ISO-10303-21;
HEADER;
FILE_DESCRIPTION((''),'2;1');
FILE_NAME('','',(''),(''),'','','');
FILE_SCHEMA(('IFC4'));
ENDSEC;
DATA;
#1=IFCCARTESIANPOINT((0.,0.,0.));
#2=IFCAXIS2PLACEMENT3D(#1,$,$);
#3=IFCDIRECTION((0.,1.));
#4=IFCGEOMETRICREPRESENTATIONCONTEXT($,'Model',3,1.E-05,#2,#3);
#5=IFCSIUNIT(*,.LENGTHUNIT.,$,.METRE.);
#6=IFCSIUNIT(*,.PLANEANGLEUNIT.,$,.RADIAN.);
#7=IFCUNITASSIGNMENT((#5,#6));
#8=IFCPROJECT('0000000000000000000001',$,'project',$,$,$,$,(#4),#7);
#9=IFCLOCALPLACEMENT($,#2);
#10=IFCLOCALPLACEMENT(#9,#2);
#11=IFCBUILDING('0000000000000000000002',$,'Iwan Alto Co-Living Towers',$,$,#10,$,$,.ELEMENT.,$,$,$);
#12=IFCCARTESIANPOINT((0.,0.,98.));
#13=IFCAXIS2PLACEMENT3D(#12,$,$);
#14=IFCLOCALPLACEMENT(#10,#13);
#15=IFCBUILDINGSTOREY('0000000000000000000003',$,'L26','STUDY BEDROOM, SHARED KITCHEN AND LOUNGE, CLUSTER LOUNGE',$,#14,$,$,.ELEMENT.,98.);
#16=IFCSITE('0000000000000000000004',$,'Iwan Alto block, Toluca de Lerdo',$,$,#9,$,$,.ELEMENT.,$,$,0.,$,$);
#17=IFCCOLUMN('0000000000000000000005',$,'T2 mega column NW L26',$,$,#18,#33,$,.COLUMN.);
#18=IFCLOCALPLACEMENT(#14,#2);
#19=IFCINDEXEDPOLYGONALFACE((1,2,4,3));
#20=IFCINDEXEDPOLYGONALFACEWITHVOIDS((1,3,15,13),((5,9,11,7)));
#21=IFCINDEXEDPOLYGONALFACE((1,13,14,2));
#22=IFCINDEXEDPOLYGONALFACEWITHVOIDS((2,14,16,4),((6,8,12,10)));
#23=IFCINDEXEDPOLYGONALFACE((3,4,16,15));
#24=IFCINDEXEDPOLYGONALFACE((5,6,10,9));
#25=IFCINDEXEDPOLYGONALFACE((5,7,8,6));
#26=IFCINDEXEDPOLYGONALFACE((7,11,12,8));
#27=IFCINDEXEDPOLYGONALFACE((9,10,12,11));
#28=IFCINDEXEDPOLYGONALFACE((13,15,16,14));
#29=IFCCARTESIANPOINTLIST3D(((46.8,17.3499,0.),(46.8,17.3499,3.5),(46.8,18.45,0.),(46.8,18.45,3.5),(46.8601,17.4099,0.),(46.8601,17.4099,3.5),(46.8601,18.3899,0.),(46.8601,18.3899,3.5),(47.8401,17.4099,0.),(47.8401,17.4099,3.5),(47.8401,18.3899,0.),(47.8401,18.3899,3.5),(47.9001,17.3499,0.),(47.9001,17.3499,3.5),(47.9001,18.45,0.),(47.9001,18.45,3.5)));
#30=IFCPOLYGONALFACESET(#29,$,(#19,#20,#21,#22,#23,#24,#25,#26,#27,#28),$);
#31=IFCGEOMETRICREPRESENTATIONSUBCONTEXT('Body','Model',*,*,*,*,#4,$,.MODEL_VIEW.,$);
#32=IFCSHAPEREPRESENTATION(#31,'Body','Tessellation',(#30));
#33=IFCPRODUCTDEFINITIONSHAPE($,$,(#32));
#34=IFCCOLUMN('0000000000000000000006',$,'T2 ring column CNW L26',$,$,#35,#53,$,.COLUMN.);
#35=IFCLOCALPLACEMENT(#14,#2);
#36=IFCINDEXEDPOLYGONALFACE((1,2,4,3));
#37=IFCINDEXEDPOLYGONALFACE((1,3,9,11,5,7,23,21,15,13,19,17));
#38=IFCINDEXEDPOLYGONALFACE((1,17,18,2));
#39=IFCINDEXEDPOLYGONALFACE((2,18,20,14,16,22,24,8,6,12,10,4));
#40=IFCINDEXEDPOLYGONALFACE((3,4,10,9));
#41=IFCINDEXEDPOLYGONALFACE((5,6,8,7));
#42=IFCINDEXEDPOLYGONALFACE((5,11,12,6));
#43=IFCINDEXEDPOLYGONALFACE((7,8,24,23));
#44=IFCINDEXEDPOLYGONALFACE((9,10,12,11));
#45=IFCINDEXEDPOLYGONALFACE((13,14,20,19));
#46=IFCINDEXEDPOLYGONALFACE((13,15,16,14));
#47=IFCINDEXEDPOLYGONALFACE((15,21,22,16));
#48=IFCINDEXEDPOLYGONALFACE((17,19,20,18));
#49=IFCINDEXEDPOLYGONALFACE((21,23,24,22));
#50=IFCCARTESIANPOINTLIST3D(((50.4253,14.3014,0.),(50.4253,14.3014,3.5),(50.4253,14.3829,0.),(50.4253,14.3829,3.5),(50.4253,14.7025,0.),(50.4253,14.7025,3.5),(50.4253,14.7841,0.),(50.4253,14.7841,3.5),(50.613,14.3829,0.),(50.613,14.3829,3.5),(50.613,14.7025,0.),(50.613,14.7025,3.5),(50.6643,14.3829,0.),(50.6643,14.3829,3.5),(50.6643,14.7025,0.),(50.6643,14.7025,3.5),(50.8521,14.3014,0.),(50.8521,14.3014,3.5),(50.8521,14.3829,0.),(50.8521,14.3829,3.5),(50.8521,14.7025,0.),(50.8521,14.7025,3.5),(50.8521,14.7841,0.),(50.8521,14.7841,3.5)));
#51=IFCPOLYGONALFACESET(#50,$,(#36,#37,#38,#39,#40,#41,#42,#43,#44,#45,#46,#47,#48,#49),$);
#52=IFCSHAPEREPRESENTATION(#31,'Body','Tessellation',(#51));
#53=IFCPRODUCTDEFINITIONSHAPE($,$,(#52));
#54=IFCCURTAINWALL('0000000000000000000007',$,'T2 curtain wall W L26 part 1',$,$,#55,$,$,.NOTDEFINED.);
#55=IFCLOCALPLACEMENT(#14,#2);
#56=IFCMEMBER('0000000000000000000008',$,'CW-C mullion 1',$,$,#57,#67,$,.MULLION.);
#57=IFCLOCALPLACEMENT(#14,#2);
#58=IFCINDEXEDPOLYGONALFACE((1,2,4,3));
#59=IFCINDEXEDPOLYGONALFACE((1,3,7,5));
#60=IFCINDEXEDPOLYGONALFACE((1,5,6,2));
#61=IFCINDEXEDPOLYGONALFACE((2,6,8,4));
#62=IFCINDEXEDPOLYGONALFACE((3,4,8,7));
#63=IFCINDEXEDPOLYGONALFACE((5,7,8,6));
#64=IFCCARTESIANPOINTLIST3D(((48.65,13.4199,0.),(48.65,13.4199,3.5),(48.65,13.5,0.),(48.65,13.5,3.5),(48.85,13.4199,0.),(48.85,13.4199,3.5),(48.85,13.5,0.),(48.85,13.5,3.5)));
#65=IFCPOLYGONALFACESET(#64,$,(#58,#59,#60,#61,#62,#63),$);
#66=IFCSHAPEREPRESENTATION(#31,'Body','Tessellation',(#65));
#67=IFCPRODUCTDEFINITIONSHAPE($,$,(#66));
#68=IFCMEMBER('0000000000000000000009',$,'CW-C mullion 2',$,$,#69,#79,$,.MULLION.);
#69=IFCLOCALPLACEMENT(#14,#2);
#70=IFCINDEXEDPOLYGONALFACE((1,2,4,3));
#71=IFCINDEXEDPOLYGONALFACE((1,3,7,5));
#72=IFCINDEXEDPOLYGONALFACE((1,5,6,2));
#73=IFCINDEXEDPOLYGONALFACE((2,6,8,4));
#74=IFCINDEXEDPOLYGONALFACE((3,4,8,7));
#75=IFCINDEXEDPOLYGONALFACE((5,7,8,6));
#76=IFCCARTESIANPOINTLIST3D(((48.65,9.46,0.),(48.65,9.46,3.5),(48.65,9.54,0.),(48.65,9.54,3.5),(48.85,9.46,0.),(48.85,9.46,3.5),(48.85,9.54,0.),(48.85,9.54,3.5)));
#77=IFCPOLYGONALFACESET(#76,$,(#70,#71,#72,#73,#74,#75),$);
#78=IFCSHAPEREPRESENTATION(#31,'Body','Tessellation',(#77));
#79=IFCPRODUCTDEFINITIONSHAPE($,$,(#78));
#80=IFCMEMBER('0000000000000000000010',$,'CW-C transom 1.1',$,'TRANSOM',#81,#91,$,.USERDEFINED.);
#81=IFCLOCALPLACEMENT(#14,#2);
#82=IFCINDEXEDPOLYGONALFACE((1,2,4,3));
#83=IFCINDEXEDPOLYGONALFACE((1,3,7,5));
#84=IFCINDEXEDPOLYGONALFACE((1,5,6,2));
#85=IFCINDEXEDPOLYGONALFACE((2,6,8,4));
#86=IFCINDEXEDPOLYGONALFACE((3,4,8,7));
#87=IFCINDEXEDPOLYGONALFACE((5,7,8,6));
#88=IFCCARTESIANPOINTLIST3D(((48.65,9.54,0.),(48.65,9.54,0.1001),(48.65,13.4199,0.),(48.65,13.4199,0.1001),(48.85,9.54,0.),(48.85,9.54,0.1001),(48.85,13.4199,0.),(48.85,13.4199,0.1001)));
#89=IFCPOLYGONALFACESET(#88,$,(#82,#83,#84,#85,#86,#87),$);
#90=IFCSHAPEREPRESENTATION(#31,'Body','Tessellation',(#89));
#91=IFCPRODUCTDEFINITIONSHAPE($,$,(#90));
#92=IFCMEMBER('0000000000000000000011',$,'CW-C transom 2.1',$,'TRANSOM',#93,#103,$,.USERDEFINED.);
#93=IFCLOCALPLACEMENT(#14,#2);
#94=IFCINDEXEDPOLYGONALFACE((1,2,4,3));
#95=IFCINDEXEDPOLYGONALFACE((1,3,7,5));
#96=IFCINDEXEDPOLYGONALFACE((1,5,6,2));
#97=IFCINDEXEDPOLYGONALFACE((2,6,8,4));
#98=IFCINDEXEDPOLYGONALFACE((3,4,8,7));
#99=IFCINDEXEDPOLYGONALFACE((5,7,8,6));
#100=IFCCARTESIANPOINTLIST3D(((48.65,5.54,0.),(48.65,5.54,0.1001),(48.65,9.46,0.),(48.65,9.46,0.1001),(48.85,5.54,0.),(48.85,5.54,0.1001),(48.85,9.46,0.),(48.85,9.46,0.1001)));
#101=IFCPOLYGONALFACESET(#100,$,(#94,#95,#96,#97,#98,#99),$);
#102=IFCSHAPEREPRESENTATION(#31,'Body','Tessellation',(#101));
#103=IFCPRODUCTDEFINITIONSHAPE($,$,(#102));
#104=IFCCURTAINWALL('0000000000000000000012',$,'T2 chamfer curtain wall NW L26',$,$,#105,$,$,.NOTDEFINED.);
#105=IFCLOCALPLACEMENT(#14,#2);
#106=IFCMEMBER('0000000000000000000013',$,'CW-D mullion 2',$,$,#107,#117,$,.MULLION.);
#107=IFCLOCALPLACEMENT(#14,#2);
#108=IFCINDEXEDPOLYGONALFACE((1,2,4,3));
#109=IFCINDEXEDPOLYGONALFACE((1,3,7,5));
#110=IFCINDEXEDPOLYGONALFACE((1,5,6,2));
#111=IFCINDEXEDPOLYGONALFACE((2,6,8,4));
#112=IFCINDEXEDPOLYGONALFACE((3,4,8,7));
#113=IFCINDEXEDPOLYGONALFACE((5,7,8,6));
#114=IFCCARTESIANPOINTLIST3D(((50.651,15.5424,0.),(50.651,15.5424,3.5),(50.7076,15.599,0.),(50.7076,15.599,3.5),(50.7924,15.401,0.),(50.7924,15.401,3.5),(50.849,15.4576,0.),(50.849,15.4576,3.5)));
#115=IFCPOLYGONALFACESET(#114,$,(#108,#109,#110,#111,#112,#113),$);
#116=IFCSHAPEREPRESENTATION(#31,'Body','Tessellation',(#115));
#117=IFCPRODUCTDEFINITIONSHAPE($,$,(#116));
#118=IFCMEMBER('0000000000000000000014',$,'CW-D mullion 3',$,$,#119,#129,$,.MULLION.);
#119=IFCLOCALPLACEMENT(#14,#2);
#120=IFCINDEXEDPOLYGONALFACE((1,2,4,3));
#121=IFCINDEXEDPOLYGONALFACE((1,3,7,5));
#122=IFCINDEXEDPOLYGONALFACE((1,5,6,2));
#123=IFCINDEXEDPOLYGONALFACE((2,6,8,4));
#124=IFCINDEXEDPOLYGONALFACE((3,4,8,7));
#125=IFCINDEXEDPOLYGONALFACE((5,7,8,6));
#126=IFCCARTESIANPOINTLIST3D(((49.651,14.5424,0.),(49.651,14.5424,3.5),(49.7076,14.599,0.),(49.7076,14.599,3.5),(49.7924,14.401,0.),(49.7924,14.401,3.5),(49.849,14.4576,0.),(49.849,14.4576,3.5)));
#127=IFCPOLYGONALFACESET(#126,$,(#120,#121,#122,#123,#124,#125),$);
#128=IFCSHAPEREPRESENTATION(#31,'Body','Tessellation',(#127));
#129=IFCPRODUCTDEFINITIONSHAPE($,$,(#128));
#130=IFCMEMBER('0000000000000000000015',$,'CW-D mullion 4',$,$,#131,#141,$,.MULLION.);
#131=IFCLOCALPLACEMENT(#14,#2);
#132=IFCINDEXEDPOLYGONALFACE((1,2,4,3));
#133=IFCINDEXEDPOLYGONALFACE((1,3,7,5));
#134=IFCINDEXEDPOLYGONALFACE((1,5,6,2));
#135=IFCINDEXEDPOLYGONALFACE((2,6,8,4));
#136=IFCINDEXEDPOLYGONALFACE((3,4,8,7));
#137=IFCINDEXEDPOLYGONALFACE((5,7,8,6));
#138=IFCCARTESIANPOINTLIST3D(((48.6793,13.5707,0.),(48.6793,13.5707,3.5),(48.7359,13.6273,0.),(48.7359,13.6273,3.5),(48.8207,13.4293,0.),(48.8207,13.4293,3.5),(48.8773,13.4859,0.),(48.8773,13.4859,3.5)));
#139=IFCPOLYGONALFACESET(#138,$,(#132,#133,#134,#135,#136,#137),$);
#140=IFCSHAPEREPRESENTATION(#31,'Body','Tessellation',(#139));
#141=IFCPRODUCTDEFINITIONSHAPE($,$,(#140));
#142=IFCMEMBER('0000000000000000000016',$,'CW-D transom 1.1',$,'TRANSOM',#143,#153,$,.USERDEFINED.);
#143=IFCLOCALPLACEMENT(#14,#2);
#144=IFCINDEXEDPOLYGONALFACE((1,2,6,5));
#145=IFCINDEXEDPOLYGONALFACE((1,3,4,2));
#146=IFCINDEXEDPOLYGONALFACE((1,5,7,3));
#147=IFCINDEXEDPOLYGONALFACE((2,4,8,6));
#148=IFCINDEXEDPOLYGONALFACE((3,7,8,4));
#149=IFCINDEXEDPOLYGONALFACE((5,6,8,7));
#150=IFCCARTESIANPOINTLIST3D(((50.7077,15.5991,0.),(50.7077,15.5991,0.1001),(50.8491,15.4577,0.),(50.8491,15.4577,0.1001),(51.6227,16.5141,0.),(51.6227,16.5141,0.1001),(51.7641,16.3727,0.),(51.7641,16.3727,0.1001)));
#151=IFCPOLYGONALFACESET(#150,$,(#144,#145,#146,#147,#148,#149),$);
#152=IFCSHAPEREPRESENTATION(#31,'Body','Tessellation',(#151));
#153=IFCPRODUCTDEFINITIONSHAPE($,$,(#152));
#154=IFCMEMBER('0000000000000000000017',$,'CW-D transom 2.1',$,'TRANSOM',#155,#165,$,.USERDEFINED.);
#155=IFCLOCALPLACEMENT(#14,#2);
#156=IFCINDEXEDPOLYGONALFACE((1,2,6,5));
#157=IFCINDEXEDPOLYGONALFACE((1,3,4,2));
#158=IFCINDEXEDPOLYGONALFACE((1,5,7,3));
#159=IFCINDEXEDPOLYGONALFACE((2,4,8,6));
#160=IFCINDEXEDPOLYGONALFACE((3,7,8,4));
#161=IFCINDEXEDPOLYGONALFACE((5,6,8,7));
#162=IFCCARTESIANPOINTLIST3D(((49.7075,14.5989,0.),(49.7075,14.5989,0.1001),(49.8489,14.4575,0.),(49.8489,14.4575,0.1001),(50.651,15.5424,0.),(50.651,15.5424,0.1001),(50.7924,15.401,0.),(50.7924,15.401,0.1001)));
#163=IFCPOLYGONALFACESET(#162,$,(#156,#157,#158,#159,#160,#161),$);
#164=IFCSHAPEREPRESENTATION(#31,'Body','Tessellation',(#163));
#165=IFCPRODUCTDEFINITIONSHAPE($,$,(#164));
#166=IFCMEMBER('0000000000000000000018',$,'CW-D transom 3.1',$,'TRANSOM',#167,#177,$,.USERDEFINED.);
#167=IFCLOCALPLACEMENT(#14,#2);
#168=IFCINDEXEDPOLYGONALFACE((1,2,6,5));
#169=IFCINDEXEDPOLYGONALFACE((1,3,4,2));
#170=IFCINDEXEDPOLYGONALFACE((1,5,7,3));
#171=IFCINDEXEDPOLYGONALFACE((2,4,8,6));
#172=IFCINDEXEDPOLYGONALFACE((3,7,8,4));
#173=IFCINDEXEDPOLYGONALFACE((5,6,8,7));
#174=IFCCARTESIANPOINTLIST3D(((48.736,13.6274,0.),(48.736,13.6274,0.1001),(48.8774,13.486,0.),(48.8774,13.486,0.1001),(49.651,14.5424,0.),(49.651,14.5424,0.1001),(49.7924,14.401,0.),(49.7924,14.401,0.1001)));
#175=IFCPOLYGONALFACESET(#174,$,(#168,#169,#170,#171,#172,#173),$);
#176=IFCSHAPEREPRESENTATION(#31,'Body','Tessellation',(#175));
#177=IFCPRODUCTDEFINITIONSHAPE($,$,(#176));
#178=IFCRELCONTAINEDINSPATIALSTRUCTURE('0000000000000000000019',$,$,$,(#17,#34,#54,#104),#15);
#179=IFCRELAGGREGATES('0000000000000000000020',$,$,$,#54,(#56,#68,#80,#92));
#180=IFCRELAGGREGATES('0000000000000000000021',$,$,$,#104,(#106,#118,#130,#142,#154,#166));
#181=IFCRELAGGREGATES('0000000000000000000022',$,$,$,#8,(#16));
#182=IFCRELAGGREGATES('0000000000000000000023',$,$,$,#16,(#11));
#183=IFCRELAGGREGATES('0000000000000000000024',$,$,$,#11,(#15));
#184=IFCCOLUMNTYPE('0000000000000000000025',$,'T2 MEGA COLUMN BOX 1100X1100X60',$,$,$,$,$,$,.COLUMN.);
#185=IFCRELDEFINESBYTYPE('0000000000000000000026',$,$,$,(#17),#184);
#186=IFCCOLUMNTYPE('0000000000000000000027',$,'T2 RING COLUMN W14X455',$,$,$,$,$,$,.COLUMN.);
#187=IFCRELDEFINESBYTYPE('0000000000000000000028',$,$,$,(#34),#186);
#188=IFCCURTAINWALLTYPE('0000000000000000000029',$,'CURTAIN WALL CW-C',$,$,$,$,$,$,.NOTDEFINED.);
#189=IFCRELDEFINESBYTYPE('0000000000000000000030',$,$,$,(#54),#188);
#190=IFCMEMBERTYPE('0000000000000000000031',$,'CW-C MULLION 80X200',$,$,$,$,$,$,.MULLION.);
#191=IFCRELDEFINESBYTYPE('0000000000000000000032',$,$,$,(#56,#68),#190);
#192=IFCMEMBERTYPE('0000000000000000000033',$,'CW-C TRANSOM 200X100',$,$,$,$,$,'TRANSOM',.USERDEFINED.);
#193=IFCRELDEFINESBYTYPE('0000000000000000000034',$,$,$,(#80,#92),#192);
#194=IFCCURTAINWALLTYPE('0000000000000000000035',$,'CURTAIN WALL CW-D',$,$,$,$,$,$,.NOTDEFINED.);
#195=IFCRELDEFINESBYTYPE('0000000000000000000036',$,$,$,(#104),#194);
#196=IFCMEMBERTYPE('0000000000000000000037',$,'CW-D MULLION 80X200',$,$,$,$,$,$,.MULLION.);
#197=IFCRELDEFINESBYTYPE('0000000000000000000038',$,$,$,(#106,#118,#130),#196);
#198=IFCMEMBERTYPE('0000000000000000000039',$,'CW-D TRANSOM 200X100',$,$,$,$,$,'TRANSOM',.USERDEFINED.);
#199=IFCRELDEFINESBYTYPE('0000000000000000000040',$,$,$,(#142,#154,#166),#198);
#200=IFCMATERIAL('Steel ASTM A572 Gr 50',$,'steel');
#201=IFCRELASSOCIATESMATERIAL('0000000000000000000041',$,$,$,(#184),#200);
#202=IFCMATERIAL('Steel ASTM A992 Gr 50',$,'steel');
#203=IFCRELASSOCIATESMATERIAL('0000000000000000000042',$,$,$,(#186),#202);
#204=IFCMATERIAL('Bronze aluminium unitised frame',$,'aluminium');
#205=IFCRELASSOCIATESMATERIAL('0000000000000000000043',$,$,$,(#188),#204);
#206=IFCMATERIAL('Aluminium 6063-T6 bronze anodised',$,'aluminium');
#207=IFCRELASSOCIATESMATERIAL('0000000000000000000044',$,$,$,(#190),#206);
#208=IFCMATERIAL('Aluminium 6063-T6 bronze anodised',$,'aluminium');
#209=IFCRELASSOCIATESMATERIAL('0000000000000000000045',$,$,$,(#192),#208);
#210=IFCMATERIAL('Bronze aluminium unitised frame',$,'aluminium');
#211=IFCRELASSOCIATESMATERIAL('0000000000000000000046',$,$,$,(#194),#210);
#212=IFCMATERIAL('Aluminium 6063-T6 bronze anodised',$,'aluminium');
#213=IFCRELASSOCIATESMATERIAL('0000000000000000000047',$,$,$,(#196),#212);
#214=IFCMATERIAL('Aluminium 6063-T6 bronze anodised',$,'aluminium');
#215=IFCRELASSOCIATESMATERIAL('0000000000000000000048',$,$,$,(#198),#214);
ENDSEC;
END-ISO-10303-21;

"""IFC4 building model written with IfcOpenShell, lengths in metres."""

from ifc_helpers import new_model, si_unit, direction, frame, origin, origin_2d, place, context, subcontext, project, spatial, rectangle, hollow_rectangle, i_section, extrude, material, material_profile, profile_set, type_object, element, aggregate, save


model = new_model("IFC4")

# Units and contexts
model_context = context("Model", 3, precision=1e-05, world=origin(), true_north=direction((0.0, 1.0)))
body_context = subcontext(model_context, "Body", "Model", "MODEL_VIEW")
ifc_project = project(units=[si_unit("LENGTHUNIT", "METRE"), si_unit("PLANEANGLEUNIT", "RADIAN")], contexts=[model_context])

# Site, building, storey
site_placement = place(None, origin())
site = spatial("IfcSite", under=ifc_project, at=site_placement, Name="Iwan Alto block, Toluca de Lerdo", CompositionType="ELEMENT", RefElevation=0.0)
building_placement = place(site_placement, origin())
building = spatial("IfcBuilding", under=site, at=building_placement, Name="Iwan Alto Co-Living Towers", CompositionType="ELEMENT")
storey_placement = place(building_placement, frame((0.0, 0.0, 98.0)))
storey = spatial("IfcBuildingStorey", under=building, at=storey_placement, Name="L26", Description="STUDY BEDROOM, SHARED KITCHEN AND LOUNGE, CLUSTER LOUNGE", CompositionType="ELEMENT", Elevation=98.0)

# Columns
ifc_material_1 = material(Name="Steel ASTM A572 Gr 50", Category="steel")
ifc_material_profile_1 = material_profile(ifc_material_1, hollow_rectangle(XDim=1.1001, YDim=1.1001, WallThickness=0.0601, at=origin_2d()), Name="BOX 1100X1100X60")
ifc_profile_set_1 = profile_set([ifc_material_profile_1], Name="Steel ASTM A572 Gr 50")
column_type_1 = type_object("IfcColumnType", Name="T2 MEGA COLUMN BOX 1100X1100X60", PredefinedType="COLUMN", material=ifc_profile_set_1)
column_1_placement = place(storey_placement, frame((47.3501, 17.8999, 0.0), z_axis=(0.0, 0.0, 1.0), x_axis=(1.0, 0.0, 0.0)))
element("IfcColumn", 1, at=column_1_placement, inside=storey, type_object=column_type_1, Name="T2 mega column NW L26", PredefinedType="COLUMN", context=body_context, shape_type="SweptSolid", body=[
    extrude(hollow_rectangle(XDim=1.1001, YDim=1.1001, WallThickness=0.0601, at=origin_2d()), origin(), (0.0, 0.0, 1.0), 3.5),
])
ifc_material_2 = material(Name="Steel ASTM A992 Gr 50", Category="steel")
ifc_material_profile_2 = material_profile(ifc_material_2, i_section(OverallWidth=0.4268, OverallDepth=0.4827, WebThickness=0.0513, FlangeThickness=0.0815, at=origin_2d()), Name="W14X455")
ifc_profile_set_2 = profile_set([ifc_material_profile_2], Name="Steel ASTM A992 Gr 50")
column_type_2 = type_object("IfcColumnType", Name="T2 RING COLUMN W14X455", PredefinedType="COLUMN", material=ifc_profile_set_2)
column_2_placement = place(storey_placement, frame((50.6387, 14.5427, 0.0), z_axis=(0.0, 0.0, 1.0), x_axis=(1.0, 0.0, 0.0)))
element("IfcColumn", 2, at=column_2_placement, inside=storey, type_object=column_type_2, Name="T2 ring column CNW L26", PredefinedType="COLUMN", context=body_context, shape_type="SweptSolid", body=[
    extrude(i_section(OverallWidth=0.4268, OverallDepth=0.4827, WebThickness=0.0513, FlangeThickness=0.0815, at=origin_2d()), origin(), (0.0, 0.0, 1.0), 3.5),
])

# Curtain walls, members
ifc_material_3 = material(Name="Bronze aluminium unitised frame", Category="aluminium")
curtain_wall_type_1 = type_object("IfcCurtainWallType", Name="CURTAIN WALL CW-C", PredefinedType="NOTDEFINED", material=ifc_material_3)
curtain_wall_1_placement = place(storey_placement, origin())
curtain_wall_1 = element("IfcCurtainWall", 3, at=curtain_wall_1_placement, inside=storey, type_object=curtain_wall_type_1, Name="T2 curtain wall W L26 part 1", PredefinedType="NOTDEFINED")
ifc_material_4 = material(Name="Aluminium 6063-T6 bronze anodised", Category="aluminium")
ifc_material_profile_3 = material_profile(ifc_material_4, rectangle(XDim=0.2, YDim=0.0801, at=origin_2d()), Name="AL 80X200")
ifc_profile_set_3 = profile_set([ifc_material_profile_3], Name="Aluminium 6063-T6 bronze anodised")
member_type_1 = type_object("IfcMemberType", Name="CW-C MULLION 80X200", PredefinedType="MULLION", material=ifc_profile_set_3)
member_1_placement = place(storey_placement, frame((48.75, 13.46, 0.0), z_axis=(0.0, 0.0, 1.0), x_axis=(1.0, 0.0, 0.0)))
member_1 = element("IfcMember", 4, at=member_1_placement, type_object=member_type_1, Name="CW-C mullion 1", PredefinedType="MULLION", context=body_context, shape_type="SweptSolid", body=[
    extrude(rectangle(XDim=0.2, YDim=0.0801, at=origin_2d()), origin(), (0.0, 0.0, 1.0), 3.5),
])
member_2_placement = place(storey_placement, frame((48.75, 9.5, 0.0), z_axis=(0.0, 0.0, 1.0), x_axis=(1.0, 0.0, 0.0)))
member_2 = element("IfcMember", 5, at=member_2_placement, type_object=member_type_1, Name="CW-C mullion 2", PredefinedType="MULLION", context=body_context, shape_type="SweptSolid", body=[
    extrude(rectangle(XDim=0.2, YDim=0.0801, at=origin_2d()), origin(), (0.0, 0.0, 1.0), 3.5),
])
ifc_material_5 = material(Name="Aluminium 6063-T6 bronze anodised", Category="aluminium")
ifc_material_profile_4 = material_profile(ifc_material_5, rectangle(XDim=0.2, YDim=0.1001, at=origin_2d()), Name="AL 200X100")
ifc_profile_set_4 = profile_set([ifc_material_profile_4], Name="Aluminium 6063-T6 bronze anodised")
member_type_2 = type_object("IfcMemberType", Name="CW-C TRANSOM 200X100", ElementType="TRANSOM", PredefinedType="USERDEFINED", material=ifc_profile_set_4)
member_3_placement = place(storey_placement, frame((48.75, 13.4199, 0.05), z_axis=(0.0, -1.0, 0.0), x_axis=(1.0, 0.0, 0.0)))
member_3 = element("IfcMember", 6, at=member_3_placement, type_object=member_type_2, Name="CW-C transom 1.1", ObjectType="TRANSOM", PredefinedType="USERDEFINED", context=body_context, shape_type="SweptSolid", body=[
    extrude(rectangle(XDim=0.2, YDim=0.1001, at=origin_2d()), origin(), (0.0, 0.0, 1.0), 3.8799),
])
member_4_placement = place(storey_placement, frame((48.75, 9.46, 0.05), z_axis=(0.0, -1.0, 0.0), x_axis=(1.0, 0.0, 0.0)))
member_4 = element("IfcMember", 7, at=member_4_placement, type_object=member_type_2, Name="CW-C transom 2.1", ObjectType="TRANSOM", PredefinedType="USERDEFINED", context=body_context, shape_type="SweptSolid", body=[
    extrude(rectangle(XDim=0.2, YDim=0.1001, at=origin_2d()), origin(), (0.0, 0.0, 1.0), 3.9199),
])
ifc_material_6 = material(Name="Bronze aluminium unitised frame", Category="aluminium")
curtain_wall_type_2 = type_object("IfcCurtainWallType", Name="CURTAIN WALL CW-D", PredefinedType="NOTDEFINED", material=ifc_material_6)
curtain_wall_2_placement = place(storey_placement, origin())
curtain_wall_2 = element("IfcCurtainWall", 8, at=curtain_wall_2_placement, inside=storey, type_object=curtain_wall_type_2, Name="T2 chamfer curtain wall NW L26", PredefinedType="NOTDEFINED")
ifc_material_7 = material(Name="Aluminium 6063-T6 bronze anodised", Category="aluminium")
ifc_material_profile_5 = material_profile(ifc_material_7, rectangle(XDim=0.2, YDim=0.0801, at=origin_2d()), Name="AL 80X200")
ifc_profile_set_5 = profile_set([ifc_material_profile_5], Name="Aluminium 6063-T6 bronze anodised")
member_type_3 = type_object("IfcMemberType", Name="CW-D MULLION 80X200", PredefinedType="MULLION", material=ifc_profile_set_5)
member_5_placement = place(storey_placement, frame((50.75, 15.5, 0.0), z_axis=(0.0, 0.0, 1.0), x_axis=(0.707107, -0.707107, 0.0)))
member_5 = element("IfcMember", 9, at=member_5_placement, type_object=member_type_3, Name="CW-D mullion 2", PredefinedType="MULLION", context=body_context, shape_type="SweptSolid", body=[
    extrude(rectangle(XDim=0.2, YDim=0.0801, at=origin_2d()), origin(), (0.0, 0.0, 1.0), 3.5),
])
member_6_placement = place(storey_placement, frame((49.75, 14.5, 0.0), z_axis=(0.0, 0.0, 1.0), x_axis=(0.707107, -0.707107, 0.0)))
member_6 = element("IfcMember", 10, at=member_6_placement, type_object=member_type_3, Name="CW-D mullion 3", PredefinedType="MULLION", context=body_context, shape_type="SweptSolid", body=[
    extrude(rectangle(XDim=0.2, YDim=0.0801, at=origin_2d()), origin(), (0.0, 0.0, 1.0), 3.5),
])
member_7_placement = place(storey_placement, frame((48.7783, 13.5283, 0.0), z_axis=(0.0, 0.0, 1.0), x_axis=(0.707107, -0.707107, 0.0)))
member_7 = element("IfcMember", 11, at=member_7_placement, type_object=member_type_3, Name="CW-D mullion 4", PredefinedType="MULLION", context=body_context, shape_type="SweptSolid", body=[
    extrude(rectangle(XDim=0.2, YDim=0.0801, at=origin_2d()), origin(), (0.0, 0.0, 1.0), 3.5),
])
ifc_material_8 = material(Name="Aluminium 6063-T6 bronze anodised", Category="aluminium")
ifc_material_profile_6 = material_profile(ifc_material_8, rectangle(XDim=0.2, YDim=0.1001, at=origin_2d()), Name="AL 200X100")
ifc_profile_set_6 = profile_set([ifc_material_profile_6], Name="Aluminium 6063-T6 bronze anodised")
member_type_4 = type_object("IfcMemberType", Name="CW-D TRANSOM 200X100", ElementType="TRANSOM", PredefinedType="USERDEFINED", material=ifc_profile_set_6)
member_8_placement = place(storey_placement, frame((51.6934, 16.4434, 0.05), z_axis=(-0.707107, -0.707107, 0.0), x_axis=(0.707107, -0.707107, 0.0)))
member_8 = element("IfcMember", 12, at=member_8_placement, type_object=member_type_4, Name="CW-D transom 1.1", ObjectType="TRANSOM", PredefinedType="USERDEFINED", context=body_context, shape_type="SweptSolid", body=[
    extrude(rectangle(XDim=0.2, YDim=0.1001, at=origin_2d()), origin(), (0.0, 0.0, 1.0), 1.2939),
])
member_9_placement = place(storey_placement, frame((50.7217, 15.4717, 0.05), z_axis=(-0.707107, -0.707107, 0.0), x_axis=(0.707107, -0.707107, 0.0)))
member_9 = element("IfcMember", 13, at=member_9_placement, type_object=member_type_4, Name="CW-D transom 2.1", ObjectType="TRANSOM", PredefinedType="USERDEFINED", context=body_context, shape_type="SweptSolid", body=[
    extrude(rectangle(XDim=0.2, YDim=0.1001, at=origin_2d()), origin(), (0.0, 0.0, 1.0), 1.3342),
])
member_10_placement = place(storey_placement, frame((49.7217, 14.4717, 0.05), z_axis=(-0.707107, -0.707107, 0.0), x_axis=(0.707107, -0.707107, 0.0)))
member_10 = element("IfcMember", 14, at=member_10_placement, type_object=member_type_4, Name="CW-D transom 3.1", ObjectType="TRANSOM", PredefinedType="USERDEFINED", context=body_context, shape_type="SweptSolid", body=[
    extrude(rectangle(XDim=0.2, YDim=0.1001, at=origin_2d()), origin(), (0.0, 0.0, 1.0), 1.2939),
])

aggregate(curtain_wall_1, [member_1, member_2, member_3, member_4])
aggregate(curtain_wall_2, [member_5, member_6, member_7, member_8, member_9, member_10])

save(model, "model.ifc")
